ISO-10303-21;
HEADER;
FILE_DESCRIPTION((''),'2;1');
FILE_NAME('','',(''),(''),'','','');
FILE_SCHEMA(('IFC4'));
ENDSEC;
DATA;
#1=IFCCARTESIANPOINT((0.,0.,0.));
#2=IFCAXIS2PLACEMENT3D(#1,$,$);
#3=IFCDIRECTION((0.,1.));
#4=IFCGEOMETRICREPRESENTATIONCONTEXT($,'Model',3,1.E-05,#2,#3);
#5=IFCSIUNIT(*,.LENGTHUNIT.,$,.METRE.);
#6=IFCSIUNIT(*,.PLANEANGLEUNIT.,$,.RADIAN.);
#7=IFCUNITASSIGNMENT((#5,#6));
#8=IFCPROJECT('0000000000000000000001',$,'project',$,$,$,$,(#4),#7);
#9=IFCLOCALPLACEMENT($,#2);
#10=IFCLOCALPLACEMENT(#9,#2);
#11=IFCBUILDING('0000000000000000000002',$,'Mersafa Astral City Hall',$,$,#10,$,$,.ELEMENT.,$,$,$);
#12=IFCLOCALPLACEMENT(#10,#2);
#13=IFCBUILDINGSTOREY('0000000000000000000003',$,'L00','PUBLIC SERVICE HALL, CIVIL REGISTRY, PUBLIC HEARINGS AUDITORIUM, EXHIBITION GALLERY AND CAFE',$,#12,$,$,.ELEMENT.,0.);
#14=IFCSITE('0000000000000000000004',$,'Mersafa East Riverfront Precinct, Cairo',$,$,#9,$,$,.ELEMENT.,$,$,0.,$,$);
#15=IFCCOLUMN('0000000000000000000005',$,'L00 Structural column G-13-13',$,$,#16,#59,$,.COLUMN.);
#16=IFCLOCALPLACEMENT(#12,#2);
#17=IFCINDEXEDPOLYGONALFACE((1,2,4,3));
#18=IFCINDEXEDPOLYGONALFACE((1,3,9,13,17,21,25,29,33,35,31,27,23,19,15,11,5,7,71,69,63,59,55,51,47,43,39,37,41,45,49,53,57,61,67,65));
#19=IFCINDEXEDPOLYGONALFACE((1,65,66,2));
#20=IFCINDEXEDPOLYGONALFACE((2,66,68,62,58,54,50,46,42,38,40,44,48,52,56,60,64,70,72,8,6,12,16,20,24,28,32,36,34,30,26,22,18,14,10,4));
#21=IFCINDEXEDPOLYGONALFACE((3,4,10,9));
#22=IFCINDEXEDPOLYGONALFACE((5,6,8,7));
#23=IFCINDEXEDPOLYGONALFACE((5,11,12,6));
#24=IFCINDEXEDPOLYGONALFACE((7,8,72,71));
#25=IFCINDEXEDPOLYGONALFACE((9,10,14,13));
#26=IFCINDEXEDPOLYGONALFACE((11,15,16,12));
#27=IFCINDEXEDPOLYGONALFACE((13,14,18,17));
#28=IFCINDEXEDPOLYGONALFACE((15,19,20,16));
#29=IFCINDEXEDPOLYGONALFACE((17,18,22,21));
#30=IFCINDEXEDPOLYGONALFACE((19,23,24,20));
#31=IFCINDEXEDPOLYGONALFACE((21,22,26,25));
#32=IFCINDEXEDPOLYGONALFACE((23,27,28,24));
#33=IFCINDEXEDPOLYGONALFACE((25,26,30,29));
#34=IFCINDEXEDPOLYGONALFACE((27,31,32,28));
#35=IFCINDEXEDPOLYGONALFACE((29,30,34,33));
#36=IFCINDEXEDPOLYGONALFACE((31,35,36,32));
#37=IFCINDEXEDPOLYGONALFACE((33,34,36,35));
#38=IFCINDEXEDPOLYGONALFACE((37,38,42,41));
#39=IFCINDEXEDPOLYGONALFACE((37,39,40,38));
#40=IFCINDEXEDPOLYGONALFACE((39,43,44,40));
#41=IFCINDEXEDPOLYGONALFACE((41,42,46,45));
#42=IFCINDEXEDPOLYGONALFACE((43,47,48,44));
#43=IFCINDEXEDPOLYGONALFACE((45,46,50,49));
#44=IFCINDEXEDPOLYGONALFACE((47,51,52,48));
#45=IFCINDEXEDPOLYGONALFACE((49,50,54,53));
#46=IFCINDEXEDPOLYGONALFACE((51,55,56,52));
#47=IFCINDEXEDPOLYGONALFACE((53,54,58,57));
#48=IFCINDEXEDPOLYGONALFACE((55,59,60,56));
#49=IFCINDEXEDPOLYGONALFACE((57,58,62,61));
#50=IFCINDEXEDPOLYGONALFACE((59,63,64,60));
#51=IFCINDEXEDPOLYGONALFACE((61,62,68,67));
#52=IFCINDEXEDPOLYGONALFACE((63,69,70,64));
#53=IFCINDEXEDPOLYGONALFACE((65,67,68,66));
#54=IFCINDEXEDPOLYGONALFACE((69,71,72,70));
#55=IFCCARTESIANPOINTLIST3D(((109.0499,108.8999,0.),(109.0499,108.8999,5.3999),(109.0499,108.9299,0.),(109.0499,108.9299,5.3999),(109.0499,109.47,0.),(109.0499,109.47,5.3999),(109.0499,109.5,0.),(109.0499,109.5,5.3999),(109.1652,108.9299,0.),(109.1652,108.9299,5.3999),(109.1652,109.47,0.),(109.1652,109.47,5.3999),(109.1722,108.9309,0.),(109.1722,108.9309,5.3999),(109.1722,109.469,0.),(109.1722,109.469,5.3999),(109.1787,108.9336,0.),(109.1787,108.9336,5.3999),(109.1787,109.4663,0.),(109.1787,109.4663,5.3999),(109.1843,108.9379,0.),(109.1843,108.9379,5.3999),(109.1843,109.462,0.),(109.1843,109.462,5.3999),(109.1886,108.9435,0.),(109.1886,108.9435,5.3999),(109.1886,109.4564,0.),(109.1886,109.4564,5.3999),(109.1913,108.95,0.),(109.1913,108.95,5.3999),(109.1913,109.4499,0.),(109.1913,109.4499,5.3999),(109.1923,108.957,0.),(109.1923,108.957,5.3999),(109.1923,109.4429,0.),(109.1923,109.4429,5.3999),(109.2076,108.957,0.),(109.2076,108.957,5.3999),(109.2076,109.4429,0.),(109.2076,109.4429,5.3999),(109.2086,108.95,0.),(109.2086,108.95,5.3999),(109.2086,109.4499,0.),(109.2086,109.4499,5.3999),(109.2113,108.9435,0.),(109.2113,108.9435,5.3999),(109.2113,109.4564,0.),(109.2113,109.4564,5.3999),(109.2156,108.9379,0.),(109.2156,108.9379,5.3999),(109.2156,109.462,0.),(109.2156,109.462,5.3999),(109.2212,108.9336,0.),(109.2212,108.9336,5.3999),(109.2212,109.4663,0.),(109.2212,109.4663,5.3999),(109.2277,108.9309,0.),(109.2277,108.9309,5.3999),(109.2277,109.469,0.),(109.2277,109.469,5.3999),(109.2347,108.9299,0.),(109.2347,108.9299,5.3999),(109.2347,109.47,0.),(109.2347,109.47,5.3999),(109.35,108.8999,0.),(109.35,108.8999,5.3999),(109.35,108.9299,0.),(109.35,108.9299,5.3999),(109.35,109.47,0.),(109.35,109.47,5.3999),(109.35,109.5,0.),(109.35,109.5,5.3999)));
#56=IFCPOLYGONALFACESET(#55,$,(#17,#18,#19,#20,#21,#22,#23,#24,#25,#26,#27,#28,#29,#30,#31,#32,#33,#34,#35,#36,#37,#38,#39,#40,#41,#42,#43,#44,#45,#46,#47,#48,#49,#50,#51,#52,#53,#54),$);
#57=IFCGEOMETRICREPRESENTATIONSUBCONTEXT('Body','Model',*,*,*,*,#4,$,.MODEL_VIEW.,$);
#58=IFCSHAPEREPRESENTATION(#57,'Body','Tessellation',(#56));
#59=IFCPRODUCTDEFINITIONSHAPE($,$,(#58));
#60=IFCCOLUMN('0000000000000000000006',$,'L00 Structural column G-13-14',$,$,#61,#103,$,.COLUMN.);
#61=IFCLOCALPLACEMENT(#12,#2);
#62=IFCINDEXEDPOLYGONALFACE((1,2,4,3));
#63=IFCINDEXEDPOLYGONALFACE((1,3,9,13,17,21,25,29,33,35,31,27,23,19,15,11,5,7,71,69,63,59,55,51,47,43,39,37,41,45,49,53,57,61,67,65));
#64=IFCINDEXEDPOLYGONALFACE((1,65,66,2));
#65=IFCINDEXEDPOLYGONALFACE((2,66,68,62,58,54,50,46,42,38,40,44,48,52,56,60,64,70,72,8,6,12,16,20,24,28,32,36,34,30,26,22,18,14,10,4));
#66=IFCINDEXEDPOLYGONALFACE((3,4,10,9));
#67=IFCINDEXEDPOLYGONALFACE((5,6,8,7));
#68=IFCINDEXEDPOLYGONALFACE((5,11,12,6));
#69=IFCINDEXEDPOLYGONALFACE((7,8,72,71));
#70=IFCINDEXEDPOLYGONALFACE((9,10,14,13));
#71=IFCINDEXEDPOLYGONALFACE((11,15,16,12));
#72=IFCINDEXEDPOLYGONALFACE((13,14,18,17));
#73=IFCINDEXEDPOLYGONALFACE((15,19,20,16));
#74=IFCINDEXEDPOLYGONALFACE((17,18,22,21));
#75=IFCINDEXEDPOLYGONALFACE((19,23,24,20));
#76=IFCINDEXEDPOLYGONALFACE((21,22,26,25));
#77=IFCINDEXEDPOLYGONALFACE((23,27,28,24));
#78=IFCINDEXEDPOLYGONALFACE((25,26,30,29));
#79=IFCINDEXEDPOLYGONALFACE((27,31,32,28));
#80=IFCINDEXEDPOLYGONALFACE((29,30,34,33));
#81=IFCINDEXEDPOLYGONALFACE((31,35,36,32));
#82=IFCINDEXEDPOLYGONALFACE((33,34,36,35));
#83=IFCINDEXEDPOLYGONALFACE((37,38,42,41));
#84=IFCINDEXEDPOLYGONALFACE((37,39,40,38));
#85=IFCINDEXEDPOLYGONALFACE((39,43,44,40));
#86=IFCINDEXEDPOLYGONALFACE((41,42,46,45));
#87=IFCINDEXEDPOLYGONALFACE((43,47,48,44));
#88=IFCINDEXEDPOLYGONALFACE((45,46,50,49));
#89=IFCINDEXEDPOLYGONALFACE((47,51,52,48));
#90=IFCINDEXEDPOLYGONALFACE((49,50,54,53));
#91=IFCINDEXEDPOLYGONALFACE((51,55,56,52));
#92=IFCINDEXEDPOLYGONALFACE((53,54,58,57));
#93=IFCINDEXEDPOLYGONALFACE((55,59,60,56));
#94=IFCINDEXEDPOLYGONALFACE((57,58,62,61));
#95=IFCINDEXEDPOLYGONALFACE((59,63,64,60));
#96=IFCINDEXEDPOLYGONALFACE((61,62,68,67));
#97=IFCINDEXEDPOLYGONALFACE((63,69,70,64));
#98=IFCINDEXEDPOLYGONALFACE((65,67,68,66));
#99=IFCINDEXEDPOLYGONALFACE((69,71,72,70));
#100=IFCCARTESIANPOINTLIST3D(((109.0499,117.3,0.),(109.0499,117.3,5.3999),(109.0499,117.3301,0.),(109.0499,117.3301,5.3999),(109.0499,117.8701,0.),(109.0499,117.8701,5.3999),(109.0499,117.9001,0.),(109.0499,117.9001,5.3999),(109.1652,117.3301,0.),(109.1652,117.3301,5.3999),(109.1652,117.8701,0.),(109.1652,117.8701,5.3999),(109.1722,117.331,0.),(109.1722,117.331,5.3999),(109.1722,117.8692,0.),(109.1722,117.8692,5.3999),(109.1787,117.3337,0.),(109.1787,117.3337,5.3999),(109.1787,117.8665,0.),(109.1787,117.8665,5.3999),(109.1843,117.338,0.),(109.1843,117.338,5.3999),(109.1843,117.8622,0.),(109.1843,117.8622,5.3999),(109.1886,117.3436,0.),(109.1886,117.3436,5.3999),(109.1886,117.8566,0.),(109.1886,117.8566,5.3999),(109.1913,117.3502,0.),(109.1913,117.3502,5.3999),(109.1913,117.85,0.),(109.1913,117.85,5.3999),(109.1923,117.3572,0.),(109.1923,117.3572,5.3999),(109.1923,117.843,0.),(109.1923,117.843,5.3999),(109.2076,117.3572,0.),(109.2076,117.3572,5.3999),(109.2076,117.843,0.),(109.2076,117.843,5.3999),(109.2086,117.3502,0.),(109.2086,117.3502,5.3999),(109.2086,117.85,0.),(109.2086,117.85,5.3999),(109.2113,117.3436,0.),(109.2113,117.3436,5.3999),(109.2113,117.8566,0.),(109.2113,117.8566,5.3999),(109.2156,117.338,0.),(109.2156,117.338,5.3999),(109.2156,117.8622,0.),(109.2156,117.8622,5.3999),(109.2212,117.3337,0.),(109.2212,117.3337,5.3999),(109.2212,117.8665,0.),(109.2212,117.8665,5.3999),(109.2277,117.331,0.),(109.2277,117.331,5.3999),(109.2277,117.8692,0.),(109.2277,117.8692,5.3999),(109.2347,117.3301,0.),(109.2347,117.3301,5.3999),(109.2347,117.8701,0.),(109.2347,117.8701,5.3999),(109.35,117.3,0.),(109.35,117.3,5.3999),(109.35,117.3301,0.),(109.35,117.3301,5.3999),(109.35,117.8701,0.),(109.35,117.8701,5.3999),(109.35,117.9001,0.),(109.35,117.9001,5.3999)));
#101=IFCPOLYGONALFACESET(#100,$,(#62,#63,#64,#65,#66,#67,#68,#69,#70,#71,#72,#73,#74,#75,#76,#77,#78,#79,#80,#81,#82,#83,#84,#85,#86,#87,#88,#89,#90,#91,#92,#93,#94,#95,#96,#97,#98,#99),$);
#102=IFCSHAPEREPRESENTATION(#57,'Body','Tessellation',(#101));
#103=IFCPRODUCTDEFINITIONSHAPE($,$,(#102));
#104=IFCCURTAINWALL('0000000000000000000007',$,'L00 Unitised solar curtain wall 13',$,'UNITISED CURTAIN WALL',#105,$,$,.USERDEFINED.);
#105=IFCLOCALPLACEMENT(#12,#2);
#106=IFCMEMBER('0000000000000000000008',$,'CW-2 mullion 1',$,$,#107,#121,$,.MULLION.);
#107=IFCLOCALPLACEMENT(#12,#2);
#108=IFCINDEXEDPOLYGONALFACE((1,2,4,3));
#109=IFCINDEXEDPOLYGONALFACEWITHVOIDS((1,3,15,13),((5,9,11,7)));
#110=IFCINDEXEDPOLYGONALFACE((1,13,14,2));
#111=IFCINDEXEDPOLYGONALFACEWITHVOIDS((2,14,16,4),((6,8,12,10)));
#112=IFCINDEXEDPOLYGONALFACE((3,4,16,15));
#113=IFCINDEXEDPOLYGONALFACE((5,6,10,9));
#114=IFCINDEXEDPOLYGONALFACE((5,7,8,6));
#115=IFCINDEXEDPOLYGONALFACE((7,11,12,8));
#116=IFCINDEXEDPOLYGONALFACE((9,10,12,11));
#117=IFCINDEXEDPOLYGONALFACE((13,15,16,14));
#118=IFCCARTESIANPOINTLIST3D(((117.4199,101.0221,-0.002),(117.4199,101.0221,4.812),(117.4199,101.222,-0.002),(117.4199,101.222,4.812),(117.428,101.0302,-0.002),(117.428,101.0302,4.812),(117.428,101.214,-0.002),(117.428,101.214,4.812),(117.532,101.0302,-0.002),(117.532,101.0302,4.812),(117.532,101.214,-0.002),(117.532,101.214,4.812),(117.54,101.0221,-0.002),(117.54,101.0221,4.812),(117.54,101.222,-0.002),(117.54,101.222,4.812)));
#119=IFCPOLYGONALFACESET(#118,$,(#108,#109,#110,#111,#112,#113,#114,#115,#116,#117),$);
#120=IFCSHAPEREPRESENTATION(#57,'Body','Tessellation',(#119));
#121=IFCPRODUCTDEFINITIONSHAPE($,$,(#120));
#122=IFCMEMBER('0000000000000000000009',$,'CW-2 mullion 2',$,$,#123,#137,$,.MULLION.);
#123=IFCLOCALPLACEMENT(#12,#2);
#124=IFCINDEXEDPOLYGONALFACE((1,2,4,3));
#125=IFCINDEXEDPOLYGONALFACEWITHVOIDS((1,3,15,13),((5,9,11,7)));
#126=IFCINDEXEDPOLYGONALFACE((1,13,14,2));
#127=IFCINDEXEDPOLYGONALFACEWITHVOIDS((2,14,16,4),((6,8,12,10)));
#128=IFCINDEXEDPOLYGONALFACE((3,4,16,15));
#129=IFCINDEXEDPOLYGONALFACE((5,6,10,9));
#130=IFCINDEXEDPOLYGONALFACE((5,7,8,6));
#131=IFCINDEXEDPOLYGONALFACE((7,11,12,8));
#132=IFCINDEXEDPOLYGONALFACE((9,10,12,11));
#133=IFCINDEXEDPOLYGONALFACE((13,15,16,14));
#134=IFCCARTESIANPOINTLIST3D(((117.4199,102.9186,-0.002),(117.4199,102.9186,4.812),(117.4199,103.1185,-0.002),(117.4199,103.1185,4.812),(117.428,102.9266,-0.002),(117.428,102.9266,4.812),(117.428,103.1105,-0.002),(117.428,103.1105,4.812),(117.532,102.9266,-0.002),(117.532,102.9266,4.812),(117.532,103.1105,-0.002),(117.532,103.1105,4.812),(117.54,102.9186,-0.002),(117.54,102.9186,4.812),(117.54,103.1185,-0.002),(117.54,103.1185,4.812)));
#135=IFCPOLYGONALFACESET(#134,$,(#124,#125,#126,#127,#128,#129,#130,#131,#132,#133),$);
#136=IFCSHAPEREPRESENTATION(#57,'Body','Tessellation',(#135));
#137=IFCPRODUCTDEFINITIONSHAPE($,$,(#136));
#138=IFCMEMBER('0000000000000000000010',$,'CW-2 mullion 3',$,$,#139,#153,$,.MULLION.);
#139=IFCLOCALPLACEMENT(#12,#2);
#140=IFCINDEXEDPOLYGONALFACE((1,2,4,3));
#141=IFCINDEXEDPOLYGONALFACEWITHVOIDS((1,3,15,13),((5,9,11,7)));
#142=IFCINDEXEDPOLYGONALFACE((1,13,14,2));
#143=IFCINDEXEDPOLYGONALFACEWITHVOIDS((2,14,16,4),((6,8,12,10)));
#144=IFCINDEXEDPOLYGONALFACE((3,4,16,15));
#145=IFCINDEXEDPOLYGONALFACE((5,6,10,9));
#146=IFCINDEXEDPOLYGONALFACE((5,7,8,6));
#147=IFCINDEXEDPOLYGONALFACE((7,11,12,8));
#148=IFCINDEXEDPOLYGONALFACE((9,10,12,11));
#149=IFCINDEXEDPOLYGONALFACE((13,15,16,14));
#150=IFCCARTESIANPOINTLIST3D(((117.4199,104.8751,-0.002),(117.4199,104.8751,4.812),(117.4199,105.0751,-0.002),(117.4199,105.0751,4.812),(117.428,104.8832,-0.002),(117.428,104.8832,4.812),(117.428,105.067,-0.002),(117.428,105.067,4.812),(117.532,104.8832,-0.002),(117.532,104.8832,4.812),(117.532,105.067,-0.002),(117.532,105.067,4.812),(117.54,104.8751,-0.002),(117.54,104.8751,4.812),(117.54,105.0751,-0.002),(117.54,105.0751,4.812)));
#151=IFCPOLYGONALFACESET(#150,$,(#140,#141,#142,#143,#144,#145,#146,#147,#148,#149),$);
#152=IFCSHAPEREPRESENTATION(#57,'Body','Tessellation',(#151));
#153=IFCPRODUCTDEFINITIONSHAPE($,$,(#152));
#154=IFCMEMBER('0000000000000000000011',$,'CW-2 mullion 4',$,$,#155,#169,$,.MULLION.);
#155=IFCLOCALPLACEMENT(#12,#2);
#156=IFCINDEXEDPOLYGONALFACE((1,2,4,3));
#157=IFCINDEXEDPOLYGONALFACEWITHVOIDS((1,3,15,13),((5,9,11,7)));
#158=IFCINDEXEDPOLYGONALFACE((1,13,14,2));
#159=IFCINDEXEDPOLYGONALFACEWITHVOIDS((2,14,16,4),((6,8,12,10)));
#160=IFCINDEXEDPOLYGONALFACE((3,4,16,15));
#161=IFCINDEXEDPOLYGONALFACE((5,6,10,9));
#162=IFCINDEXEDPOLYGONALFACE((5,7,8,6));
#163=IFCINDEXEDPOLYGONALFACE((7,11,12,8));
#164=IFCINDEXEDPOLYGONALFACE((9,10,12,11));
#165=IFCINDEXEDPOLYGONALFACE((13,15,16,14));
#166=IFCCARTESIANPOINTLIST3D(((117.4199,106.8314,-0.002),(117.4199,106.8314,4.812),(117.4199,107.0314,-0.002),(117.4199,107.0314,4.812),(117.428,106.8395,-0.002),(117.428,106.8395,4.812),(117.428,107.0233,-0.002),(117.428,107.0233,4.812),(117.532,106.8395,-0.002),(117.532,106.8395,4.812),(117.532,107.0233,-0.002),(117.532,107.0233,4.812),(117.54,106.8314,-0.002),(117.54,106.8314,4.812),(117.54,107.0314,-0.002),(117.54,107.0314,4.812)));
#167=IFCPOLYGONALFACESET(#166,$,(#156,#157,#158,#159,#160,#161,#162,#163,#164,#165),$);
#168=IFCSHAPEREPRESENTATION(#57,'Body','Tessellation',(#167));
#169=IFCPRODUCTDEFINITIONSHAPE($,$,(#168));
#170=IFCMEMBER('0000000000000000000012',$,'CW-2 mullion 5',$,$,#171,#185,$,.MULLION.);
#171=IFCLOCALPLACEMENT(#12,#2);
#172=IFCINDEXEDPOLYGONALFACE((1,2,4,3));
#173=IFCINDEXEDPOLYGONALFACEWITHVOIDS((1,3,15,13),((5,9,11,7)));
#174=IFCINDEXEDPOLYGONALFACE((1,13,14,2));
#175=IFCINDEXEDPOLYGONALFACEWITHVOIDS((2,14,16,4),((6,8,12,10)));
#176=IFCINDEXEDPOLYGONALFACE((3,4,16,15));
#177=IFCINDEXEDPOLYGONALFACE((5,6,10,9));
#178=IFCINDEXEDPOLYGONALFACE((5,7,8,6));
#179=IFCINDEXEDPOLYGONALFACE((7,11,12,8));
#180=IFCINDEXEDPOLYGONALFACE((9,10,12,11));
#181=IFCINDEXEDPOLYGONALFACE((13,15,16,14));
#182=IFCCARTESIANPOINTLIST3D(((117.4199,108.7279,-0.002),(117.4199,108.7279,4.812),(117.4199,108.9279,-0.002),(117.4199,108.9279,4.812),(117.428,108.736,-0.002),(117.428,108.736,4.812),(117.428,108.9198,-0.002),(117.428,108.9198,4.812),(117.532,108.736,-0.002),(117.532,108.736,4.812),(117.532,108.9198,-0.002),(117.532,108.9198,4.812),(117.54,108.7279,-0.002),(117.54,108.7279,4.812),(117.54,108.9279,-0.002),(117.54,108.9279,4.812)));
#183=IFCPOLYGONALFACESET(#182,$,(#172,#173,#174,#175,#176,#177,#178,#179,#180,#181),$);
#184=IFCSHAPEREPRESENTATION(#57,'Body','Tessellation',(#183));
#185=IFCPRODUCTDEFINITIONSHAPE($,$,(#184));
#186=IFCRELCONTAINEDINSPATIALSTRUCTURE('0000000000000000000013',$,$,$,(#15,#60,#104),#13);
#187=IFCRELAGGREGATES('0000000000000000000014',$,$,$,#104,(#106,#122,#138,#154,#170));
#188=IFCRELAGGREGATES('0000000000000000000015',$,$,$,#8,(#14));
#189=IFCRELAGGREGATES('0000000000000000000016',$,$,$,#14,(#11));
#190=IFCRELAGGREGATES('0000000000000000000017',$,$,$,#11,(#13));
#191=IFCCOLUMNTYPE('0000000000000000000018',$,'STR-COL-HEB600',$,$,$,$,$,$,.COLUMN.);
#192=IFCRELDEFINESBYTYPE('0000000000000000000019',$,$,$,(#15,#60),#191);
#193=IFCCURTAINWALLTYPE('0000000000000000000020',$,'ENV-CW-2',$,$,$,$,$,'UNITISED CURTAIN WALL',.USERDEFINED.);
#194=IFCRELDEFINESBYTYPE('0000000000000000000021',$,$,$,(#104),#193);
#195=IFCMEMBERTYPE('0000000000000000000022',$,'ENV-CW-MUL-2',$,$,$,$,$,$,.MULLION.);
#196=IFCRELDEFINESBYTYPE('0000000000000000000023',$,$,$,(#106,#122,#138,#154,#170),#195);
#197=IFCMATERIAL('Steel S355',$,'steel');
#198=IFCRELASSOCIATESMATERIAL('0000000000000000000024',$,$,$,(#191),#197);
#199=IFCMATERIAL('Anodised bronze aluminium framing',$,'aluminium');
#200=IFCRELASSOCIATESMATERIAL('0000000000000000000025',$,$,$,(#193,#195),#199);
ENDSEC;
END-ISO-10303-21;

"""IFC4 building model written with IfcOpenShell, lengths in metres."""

from ifc_helpers import new_model, si_unit, direction, frame, origin, origin_2d, place, context, subcontext, project, spatial, hollow_rectangle, i_section, extrude, material, material_profile, profile_set, type_object, element, aggregate, save


model = new_model("IFC4")

# Units and contexts
model_context = context("Model", 3, precision=1e-05, world=origin(), true_north=direction((0.0, 1.0)))
body_context = subcontext(model_context, "Body", "Model", "MODEL_VIEW")
ifc_project = project(units=[si_unit("LENGTHUNIT", "METRE"), si_unit("PLANEANGLEUNIT", "RADIAN")], contexts=[model_context])

# Site, building, storey
site_placement = place(None, origin())
site = spatial("IfcSite", under=ifc_project, at=site_placement, Name="Mersafa East Riverfront Precinct, Cairo", CompositionType="ELEMENT", RefElevation=0.0)
building_placement = place(site_placement, origin())
building = spatial("IfcBuilding", under=site, at=building_placement, Name="Mersafa Astral City Hall", CompositionType="ELEMENT")
storey_placement = place(building_placement, origin())
storey = spatial("IfcBuildingStorey", under=building, at=storey_placement, Name="L00", Description="PUBLIC SERVICE HALL, CIVIL REGISTRY, PUBLIC HEARINGS AUDITORIUM, EXHIBITION GALLERY AND CAFE", CompositionType="ELEMENT", Elevation=0.0)

# Columns
ifc_material_1 = material(Name="Steel S355", Category="steel")
ifc_material_profile_1 = material_profile(ifc_material_1, i_section(OverallWidth=0.3, OverallDepth=0.6001, WebThickness=0.0154, FlangeThickness=0.03, FilletRadius=0.0271, at=origin_2d()), Name="HEB 600")
ifc_profile_set_1 = profile_set([ifc_material_profile_1], Name="Steel S355")
column_type = type_object("IfcColumnType", Name="STR-COL-HEB600", PredefinedType="COLUMN", material=ifc_profile_set_1)
for number, where, z_axis, x_axis, name in (
    (1, (109.2, 109.2, 0.0), (0.0, 0.0, 1.0), (1.0, 0.0, 0.0), "L00 Structural column G-13-13"),
    (2, (109.2, 117.6001, 0.0), (0.0, 0.0, 1.0), (1.0, 0.0, 0.0), "L00 Structural column G-13-14"),
):
    element("IfcColumn", number, at=place(storey_placement, frame(where, z_axis=z_axis, x_axis=x_axis)), inside=storey, type_object=column_type, Name=name, PredefinedType="COLUMN", context=body_context, shape_type="SweptSolid", body=[
        extrude(i_section(OverallWidth=0.3, OverallDepth=0.6001, WebThickness=0.0154, FlangeThickness=0.03, FilletRadius=0.0271, at=origin_2d()), origin(), (0.0, 0.0, 1.0), 5.3999),
    ])

# Curtain wall, members
ifc_material_2 = material(Name="Anodised bronze aluminium framing", Category="aluminium")
curtain_wall_type = type_object("IfcCurtainWallType", Name="ENV-CW-2", ElementType="UNITISED CURTAIN WALL", PredefinedType="USERDEFINED", material=ifc_material_2)
curtain_wall_placement = place(storey_placement, origin())
curtain_wall = element("IfcCurtainWall", 3, at=curtain_wall_placement, inside=storey, type_object=curtain_wall_type, Name="L00 Unitised solar curtain wall 13", ObjectType="UNITISED CURTAIN WALL", PredefinedType="USERDEFINED")
ifc_material_profile_2 = material_profile(ifc_material_2, hollow_rectangle(XDim=0.1201, YDim=0.2, WallThickness=0.0081, at=origin_2d()), Name="RHS 120x200x8")
ifc_profile_set_2 = profile_set([ifc_material_profile_2], Name="Anodised bronze aluminium framing")
member_type_1 = type_object("IfcMemberType", Name="ENV-CW-MUL-2", PredefinedType="MULLION", material=ifc_profile_set_2)
member_1_placement = place(storey_placement, frame((117.48, 101.1221, -0.002), z_axis=(0.0, 0.0, 1.0), x_axis=(-1.0, 0.0, 0.0)))
member_1 = element("IfcMember", 4, at=member_1_placement, type_object=member_type_1, Name="CW-2 mullion 1", PredefinedType="MULLION", context=body_context, shape_type="SweptSolid", body=[
    extrude(hollow_rectangle(XDim=0.1201, YDim=0.2, WallThickness=0.0081, at=origin_2d()), origin(), (0.0, 0.0, 1.0), 4.814),
])
member_2_placement = place(storey_placement, frame((117.48, 103.0186, -0.002), z_axis=(0.0, 0.0, 1.0), x_axis=(-1.0, 0.0, 0.0)))
member_2 = element("IfcMember", 5, at=member_2_placement, type_object=member_type_1, Name="CW-2 mullion 2", PredefinedType="MULLION", context=body_context, shape_type="SweptSolid", body=[
    extrude(hollow_rectangle(XDim=0.1201, YDim=0.2, WallThickness=0.0081, at=origin_2d()), origin(), (0.0, 0.0, 1.0), 4.814),
])
member_3_placement = place(storey_placement, frame((117.48, 104.9751, -0.002), z_axis=(0.0, 0.0, 1.0), x_axis=(-1.0, 0.0, 0.0)))
member_3 = element("IfcMember", 6, at=member_3_placement, type_object=member_type_1, Name="CW-2 mullion 3", PredefinedType="MULLION", context=body_context, shape_type="SweptSolid", body=[
    extrude(hollow_rectangle(XDim=0.1201, YDim=0.2, WallThickness=0.0081, at=origin_2d()), origin(), (0.0, 0.0, 1.0), 4.814),
])
member_4_placement = place(storey_placement, frame((117.48, 106.9314, -0.002), z_axis=(0.0, 0.0, 1.0), x_axis=(-1.0, 0.0, 0.0)))
member_4 = element("IfcMember", 7, at=member_4_placement, type_object=member_type_1, Name="CW-2 mullion 4", PredefinedType="MULLION", context=body_context, shape_type="SweptSolid", body=[
    extrude(hollow_rectangle(XDim=0.1201, YDim=0.2, WallThickness=0.0081, at=origin_2d()), origin(), (0.0, 0.0, 1.0), 4.814),
])
member_5_placement = place(storey_placement, frame((117.48, 108.8279, -0.002), z_axis=(0.0, 0.0, 1.0), x_axis=(-1.0, 0.0, 0.0)))
member_5 = element("IfcMember", 8, at=member_5_placement, type_object=member_type_1, Name="CW-2 mullion 5", PredefinedType="MULLION", context=body_context, shape_type="SweptSolid", body=[
    extrude(hollow_rectangle(XDim=0.1201, YDim=0.2, WallThickness=0.0081, at=origin_2d()), origin(), (0.0, 0.0, 1.0), 4.814),
])
aggregate(curtain_wall, [member_1, member_2, member_3, member_4, member_5])

save(model, "model.ifc")
